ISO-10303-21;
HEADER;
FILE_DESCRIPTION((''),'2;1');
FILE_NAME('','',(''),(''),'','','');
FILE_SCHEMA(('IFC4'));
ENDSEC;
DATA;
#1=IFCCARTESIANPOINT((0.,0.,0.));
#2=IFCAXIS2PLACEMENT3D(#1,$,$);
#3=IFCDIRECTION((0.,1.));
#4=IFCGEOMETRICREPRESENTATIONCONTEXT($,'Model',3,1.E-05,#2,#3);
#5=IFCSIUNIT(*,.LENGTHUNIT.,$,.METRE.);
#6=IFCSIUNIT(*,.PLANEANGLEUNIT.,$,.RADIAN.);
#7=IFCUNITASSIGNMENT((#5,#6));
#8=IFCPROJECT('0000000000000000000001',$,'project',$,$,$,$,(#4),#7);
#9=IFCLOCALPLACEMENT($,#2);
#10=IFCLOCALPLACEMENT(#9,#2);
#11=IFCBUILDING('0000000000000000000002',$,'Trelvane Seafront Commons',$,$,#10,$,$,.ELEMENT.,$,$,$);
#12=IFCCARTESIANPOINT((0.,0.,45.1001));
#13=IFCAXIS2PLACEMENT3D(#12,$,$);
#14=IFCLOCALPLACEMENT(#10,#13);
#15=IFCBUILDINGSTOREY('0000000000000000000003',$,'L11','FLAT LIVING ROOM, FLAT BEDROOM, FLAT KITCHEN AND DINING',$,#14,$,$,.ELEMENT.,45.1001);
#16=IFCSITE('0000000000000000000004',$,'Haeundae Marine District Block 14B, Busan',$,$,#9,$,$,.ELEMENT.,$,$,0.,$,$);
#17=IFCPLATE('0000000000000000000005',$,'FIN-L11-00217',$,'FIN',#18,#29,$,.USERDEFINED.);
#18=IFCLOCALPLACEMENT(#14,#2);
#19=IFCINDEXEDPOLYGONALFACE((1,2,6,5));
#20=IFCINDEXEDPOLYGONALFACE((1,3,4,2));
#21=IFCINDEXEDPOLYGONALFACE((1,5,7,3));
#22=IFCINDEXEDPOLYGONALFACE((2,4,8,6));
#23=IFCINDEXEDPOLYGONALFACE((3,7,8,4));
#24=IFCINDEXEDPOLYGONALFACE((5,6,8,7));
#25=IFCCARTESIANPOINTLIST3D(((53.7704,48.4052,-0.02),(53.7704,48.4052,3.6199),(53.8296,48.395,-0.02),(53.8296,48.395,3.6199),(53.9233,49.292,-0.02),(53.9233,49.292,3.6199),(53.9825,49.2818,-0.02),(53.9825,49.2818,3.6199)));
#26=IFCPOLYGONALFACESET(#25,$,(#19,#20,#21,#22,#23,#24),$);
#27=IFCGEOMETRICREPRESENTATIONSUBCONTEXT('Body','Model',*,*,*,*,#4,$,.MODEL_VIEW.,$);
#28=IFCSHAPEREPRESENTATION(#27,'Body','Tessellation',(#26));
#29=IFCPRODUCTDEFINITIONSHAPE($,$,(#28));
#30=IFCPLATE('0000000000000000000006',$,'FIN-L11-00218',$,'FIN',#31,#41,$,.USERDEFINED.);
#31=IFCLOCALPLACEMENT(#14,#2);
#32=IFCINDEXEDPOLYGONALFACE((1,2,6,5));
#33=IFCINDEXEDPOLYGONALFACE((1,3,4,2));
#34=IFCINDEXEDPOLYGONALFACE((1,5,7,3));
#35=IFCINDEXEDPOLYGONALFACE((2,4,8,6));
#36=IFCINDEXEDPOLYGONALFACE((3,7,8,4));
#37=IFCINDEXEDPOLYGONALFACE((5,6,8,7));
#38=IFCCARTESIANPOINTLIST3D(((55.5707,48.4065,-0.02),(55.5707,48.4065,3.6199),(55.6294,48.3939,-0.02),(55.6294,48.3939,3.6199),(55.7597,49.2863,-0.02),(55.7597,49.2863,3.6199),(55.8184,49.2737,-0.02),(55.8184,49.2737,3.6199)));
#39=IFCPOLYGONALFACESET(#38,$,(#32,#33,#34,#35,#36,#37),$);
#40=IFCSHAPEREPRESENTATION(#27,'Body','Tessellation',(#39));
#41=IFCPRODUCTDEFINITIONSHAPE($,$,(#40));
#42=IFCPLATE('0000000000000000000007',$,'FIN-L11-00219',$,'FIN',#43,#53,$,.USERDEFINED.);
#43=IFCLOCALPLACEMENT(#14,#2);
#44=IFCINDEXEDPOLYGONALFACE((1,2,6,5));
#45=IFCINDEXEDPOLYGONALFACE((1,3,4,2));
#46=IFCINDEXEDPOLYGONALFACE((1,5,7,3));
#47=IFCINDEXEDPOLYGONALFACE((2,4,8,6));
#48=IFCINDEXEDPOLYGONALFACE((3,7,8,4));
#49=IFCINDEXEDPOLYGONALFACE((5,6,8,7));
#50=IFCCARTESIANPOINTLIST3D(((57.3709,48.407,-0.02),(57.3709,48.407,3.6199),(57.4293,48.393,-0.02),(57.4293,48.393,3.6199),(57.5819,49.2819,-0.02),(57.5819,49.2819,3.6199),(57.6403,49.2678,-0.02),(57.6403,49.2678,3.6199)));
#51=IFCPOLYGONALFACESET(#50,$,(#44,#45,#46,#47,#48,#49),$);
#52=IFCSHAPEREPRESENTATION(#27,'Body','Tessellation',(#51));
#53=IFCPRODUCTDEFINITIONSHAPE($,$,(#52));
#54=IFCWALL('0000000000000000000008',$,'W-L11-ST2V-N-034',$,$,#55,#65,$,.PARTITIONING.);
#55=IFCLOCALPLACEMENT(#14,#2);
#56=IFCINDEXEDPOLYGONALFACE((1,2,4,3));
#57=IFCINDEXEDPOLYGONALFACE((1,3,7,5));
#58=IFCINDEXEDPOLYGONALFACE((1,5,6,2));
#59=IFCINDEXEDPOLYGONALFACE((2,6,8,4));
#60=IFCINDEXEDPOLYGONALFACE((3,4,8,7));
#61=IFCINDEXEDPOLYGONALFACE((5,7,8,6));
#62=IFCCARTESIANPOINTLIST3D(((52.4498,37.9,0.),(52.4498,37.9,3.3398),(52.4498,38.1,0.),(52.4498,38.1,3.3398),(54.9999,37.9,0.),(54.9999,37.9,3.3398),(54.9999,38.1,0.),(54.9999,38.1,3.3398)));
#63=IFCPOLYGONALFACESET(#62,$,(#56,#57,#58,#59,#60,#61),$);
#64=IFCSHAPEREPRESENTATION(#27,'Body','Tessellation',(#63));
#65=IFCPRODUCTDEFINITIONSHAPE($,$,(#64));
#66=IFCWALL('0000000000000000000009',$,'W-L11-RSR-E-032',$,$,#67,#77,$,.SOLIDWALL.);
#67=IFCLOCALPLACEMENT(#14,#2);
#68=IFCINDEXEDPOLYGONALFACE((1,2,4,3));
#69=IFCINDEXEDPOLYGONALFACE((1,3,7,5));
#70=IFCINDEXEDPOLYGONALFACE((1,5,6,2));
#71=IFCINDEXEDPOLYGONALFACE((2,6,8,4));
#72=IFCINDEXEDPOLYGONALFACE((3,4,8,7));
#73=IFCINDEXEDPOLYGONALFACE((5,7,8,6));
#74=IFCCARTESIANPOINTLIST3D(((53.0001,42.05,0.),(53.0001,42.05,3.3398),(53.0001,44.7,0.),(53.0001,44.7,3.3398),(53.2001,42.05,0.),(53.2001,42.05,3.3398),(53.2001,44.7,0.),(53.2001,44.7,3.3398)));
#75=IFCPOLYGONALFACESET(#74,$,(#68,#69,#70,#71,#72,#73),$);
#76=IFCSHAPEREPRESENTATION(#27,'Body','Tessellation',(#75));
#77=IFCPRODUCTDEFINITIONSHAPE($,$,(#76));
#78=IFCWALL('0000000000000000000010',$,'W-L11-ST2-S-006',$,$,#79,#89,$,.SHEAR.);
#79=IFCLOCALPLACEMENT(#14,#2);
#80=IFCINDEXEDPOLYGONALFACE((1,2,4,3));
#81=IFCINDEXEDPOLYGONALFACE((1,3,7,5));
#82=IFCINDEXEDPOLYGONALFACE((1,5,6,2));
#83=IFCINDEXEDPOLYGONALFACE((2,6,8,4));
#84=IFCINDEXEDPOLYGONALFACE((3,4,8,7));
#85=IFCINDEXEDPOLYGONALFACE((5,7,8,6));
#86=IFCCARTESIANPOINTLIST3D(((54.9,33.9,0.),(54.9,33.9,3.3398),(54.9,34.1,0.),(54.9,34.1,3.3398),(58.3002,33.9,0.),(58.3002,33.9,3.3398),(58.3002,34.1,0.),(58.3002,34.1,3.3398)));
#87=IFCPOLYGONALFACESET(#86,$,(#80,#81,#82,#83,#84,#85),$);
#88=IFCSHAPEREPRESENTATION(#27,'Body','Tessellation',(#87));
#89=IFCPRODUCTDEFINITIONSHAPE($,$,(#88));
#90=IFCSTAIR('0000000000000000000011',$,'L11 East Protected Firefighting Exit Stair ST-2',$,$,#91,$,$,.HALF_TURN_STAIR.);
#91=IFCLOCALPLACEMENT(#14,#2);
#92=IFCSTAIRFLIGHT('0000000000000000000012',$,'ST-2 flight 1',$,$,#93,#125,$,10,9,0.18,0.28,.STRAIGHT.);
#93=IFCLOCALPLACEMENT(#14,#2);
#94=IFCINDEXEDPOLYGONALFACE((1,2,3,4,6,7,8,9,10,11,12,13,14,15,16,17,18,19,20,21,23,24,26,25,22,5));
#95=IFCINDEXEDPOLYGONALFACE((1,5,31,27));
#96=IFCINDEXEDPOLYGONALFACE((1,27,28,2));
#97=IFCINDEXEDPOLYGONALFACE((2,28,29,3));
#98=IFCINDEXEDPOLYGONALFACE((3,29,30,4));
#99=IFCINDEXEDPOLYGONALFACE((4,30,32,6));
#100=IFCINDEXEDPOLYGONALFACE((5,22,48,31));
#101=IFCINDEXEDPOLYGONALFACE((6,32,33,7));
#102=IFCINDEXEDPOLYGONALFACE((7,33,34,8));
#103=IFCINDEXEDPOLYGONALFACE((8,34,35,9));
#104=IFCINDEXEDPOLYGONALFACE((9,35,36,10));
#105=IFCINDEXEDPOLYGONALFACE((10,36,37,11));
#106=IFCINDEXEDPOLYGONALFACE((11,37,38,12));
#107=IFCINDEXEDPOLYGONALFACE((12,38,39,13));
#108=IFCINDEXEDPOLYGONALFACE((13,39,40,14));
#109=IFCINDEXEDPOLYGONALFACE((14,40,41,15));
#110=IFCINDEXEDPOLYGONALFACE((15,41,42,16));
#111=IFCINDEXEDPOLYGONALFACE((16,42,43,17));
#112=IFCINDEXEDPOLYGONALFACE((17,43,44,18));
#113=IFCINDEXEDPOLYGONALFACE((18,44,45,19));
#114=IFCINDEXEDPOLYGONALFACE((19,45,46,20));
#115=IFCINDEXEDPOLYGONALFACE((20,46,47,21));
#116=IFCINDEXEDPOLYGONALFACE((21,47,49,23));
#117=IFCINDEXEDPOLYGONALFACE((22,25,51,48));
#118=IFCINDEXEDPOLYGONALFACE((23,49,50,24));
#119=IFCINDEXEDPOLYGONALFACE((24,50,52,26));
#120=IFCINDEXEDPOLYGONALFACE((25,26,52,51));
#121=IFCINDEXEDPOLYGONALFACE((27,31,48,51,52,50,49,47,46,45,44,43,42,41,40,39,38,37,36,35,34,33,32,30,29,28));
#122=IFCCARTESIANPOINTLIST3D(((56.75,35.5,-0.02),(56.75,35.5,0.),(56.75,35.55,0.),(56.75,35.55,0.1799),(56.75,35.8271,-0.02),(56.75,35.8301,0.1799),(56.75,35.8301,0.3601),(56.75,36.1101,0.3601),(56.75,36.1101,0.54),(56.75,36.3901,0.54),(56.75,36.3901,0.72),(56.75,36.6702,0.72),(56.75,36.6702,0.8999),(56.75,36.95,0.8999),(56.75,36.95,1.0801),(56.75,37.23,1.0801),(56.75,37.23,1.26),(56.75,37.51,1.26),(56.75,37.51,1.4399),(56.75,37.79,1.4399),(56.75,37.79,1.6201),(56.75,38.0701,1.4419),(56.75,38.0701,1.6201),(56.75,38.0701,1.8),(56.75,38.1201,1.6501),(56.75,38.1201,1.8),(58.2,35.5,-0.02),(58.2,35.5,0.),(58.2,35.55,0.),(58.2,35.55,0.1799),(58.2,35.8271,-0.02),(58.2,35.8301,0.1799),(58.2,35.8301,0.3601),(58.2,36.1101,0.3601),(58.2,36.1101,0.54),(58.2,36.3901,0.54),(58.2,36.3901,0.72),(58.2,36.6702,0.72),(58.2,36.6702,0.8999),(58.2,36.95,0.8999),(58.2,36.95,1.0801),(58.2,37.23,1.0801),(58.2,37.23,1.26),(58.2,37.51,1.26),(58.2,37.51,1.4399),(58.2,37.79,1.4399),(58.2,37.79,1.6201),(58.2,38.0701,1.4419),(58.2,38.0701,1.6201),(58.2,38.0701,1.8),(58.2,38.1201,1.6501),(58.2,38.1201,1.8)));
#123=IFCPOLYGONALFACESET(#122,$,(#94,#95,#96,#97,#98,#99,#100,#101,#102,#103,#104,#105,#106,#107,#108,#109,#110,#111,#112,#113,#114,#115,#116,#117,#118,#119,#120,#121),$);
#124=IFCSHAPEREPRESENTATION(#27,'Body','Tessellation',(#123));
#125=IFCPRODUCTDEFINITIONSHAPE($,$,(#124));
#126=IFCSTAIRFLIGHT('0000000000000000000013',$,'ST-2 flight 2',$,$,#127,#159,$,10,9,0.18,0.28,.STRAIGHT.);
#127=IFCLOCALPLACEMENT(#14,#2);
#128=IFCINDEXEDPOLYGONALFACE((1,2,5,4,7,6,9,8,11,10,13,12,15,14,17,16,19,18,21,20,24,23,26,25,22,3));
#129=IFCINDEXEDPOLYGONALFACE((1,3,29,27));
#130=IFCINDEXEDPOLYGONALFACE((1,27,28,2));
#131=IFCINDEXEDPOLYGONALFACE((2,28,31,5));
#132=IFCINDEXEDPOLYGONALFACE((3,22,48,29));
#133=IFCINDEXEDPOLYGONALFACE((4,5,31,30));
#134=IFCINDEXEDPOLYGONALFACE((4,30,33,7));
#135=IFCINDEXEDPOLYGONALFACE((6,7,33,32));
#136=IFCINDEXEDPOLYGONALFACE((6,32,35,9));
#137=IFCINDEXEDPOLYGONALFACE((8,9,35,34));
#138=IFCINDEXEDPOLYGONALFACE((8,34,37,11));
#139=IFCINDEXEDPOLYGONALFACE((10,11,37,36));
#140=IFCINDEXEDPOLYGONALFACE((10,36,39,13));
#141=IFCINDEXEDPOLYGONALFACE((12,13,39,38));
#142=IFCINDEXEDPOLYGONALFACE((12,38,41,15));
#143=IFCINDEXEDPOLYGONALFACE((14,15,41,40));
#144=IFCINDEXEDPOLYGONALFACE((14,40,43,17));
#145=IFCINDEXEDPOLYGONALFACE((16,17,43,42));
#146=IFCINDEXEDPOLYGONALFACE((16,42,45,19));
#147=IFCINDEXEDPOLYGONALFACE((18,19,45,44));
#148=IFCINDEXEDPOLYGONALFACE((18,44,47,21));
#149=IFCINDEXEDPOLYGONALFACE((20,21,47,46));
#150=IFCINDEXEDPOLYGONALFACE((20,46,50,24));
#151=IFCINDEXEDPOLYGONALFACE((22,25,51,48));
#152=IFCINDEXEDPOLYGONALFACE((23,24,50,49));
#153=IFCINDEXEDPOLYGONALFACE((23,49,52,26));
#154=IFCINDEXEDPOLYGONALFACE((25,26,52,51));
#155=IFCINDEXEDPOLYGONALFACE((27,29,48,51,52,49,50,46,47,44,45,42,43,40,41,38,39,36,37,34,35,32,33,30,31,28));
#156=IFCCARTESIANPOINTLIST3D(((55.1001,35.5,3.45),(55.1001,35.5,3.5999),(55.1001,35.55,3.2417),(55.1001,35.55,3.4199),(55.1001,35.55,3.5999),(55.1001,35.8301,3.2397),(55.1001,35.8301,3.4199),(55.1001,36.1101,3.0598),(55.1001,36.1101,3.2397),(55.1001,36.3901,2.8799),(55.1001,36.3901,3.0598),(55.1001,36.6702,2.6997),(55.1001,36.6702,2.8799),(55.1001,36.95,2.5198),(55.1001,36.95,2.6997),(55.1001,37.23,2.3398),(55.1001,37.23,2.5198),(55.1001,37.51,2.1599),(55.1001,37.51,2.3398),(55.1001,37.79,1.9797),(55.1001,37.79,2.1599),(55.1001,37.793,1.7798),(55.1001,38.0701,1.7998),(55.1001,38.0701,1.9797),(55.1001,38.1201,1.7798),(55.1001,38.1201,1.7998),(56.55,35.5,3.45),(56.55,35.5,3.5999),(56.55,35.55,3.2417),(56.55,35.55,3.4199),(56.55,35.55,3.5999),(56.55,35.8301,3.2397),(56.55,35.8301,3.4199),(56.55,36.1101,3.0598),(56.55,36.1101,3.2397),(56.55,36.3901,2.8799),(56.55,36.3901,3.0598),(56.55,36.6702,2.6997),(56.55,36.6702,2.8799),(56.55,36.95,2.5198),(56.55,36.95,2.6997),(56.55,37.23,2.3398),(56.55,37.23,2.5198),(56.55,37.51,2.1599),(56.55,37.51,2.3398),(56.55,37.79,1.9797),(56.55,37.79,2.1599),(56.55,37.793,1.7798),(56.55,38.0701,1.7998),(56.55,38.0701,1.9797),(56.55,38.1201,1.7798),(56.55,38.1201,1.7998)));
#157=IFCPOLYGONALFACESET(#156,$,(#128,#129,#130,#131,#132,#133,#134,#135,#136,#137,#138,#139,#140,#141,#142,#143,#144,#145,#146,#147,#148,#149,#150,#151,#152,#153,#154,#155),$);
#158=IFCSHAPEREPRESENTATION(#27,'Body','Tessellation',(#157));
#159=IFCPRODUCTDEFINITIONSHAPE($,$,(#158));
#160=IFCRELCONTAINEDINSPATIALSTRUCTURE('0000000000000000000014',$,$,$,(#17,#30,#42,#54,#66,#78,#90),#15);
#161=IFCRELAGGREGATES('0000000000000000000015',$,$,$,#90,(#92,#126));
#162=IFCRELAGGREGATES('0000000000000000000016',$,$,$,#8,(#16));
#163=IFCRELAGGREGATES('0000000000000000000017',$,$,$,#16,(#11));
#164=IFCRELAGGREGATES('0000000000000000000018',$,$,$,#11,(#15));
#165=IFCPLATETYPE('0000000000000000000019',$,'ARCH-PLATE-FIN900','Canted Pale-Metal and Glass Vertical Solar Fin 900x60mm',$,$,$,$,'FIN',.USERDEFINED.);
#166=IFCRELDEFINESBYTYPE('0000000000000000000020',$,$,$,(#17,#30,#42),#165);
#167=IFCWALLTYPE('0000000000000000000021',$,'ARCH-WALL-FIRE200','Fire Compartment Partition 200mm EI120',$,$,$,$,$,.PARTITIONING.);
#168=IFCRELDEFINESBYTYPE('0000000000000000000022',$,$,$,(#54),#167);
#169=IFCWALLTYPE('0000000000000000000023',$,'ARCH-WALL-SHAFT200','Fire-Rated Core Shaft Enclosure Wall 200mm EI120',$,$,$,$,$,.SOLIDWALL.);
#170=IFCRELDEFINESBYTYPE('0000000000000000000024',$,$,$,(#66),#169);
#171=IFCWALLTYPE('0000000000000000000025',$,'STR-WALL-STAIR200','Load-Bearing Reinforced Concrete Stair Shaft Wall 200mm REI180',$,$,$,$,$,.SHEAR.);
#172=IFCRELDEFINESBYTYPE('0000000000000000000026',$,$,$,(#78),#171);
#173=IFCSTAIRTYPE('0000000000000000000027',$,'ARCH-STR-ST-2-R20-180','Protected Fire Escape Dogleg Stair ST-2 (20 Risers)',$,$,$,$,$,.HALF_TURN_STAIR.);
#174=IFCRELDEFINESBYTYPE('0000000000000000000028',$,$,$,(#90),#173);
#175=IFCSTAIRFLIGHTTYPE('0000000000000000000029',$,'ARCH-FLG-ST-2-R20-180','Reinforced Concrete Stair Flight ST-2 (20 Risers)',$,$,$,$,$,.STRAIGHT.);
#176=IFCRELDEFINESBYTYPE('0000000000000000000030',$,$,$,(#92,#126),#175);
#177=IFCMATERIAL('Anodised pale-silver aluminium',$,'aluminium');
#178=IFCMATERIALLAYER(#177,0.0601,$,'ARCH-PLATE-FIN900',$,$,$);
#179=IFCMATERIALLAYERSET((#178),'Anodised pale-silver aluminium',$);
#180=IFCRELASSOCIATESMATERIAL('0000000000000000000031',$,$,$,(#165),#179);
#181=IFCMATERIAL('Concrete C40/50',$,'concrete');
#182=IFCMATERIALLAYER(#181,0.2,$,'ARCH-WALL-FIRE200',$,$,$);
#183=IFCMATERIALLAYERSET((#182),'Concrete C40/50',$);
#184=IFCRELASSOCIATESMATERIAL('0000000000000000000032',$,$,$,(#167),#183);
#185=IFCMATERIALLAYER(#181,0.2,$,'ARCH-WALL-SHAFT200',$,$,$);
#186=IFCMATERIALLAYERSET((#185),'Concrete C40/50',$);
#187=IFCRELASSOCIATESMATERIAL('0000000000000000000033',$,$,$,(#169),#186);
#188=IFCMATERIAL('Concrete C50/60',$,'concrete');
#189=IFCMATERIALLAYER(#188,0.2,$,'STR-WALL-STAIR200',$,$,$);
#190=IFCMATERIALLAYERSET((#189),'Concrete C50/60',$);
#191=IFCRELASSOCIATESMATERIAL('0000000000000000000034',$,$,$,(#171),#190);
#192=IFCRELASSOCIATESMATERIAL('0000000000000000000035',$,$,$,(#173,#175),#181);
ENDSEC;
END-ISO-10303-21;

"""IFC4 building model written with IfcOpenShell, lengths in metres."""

from ifc_helpers import new_model, si_unit, direction, frame, frame_2d, origin, origin_2d, place, context, subcontext, project, spatial, polyline, rectangle, outline, extrude, source, transform, mapped, material, layer, layer_set, type_object, element, aggregate, save


model = new_model("IFC4")

# Units and contexts
model_context = context("Model", 3, precision=1e-05, world=origin(), true_north=direction((0.0, 1.0)))
body_context = subcontext(model_context, "Body", "Model", "MODEL_VIEW")
ifc_project = project(units=[si_unit("LENGTHUNIT", "METRE"), si_unit("PLANEANGLEUNIT", "RADIAN")], contexts=[model_context])

# Site, building, storey
site_placement = place(None, origin())
site = spatial("IfcSite", under=ifc_project, at=site_placement, Name="Haeundae Marine District Block 14B, Busan", CompositionType="ELEMENT", RefElevation=0.0)
building_placement = place(site_placement, origin())
building = spatial("IfcBuilding", under=site, at=building_placement, Name="Trelvane Seafront Commons", CompositionType="ELEMENT")
storey_placement = place(building_placement, frame((0.0, 0.0, 45.1001)))
storey = spatial("IfcBuildingStorey", under=building, at=storey_placement, Name="L11", Description="FLAT LIVING ROOM, FLAT BEDROOM, FLAT KITCHEN AND DINING", CompositionType="ELEMENT", Elevation=45.1001)

# Shared definitions
ifc_material_1 = material(Name="Anodised pale-silver aluminium", Category="aluminium")

# Plates
ifc_layer_1 = layer(ifc_material_1, 0.0601, Name="ARCH-PLATE-FIN900")
ifc_layer_set_1 = layer_set([ifc_layer_1], Name="Anodised pale-silver aluminium")
plate_type_1 = type_object("IfcPlateType", Name="ARCH-PLATE-FIN900", Description="Canted Pale-Metal and Glass Vertical Solar Fin 900x60mm", ElementType="FIN", PredefinedType="USERDEFINED", material=ifc_layer_set_1)
shared_shape_1 = source(origin(), body_context, "Body", "SweptSolid", [
    extrude(rectangle(XDim=0.8999, YDim=0.0601, at=origin_2d()), origin(), (0.0, 0.0, 1.0), 3.6399),
])
for number, where, z_axis, x_axis, name in (
    (1, (53.8765, 48.8435, -0.02), (0.0, 0.0, 1.0), (0.169891, 0.985463, 0.0), "FIN-L11-00217"),
    (2, (55.6946, 48.8401, -0.02), (0.0, 0.0, 1.0), (0.210008, 0.9777, 0.0), "FIN-L11-00218"),
    (3, (57.5056, 48.8374, -0.02), (0.0, 0.0, 1.0), (0.234448, 0.972129, 0.0), "FIN-L11-00219"),
):
    element("IfcPlate", number, at=place(storey_placement, frame(where, z_axis=z_axis, x_axis=x_axis)), inside=storey, type_object=plate_type_1, Name=name, ObjectType="FIN", PredefinedType="USERDEFINED", context=body_context, shape_type="MappedRepresentation", body=[
        mapped(shared_shape_1, transform((0.0, 0.0, 0.0), x_axis=(1.0, 0.0, 0.0), y_axis=(0.0, 1.0, 0.0), z_axis=(0.0, 0.0, 1.0), scale=1.0)),
    ])

# Walls
ifc_material_2 = material(Name="Concrete C40/50", Category="concrete")
ifc_layer_2 = layer(ifc_material_2, 0.2, Name="ARCH-WALL-FIRE200")
ifc_layer_set_2 = layer_set([ifc_layer_2], Name="Concrete C40/50")
wall_type_1 = type_object("IfcWallType", Name="ARCH-WALL-FIRE200", Description="Fire Compartment Partition 200mm EI120", PredefinedType="PARTITIONING", material=ifc_layer_set_2)
wall_1_placement = place(storey_placement, frame((52.45, 38.0, 0.0), z_axis=(0.0, 0.0, 1.0), x_axis=(1.0, 0.0, 0.0)))
element("IfcWall", 4, at=wall_1_placement, inside=storey, type_object=wall_type_1, Name="W-L11-ST2V-N-034", PredefinedType="PARTITIONING", context=body_context, shape_type="SweptSolid", body=[
    extrude(rectangle(XDim=2.55, YDim=0.2, at=frame_2d((1.2749, 0.0))), origin(), (0.0, 0.0, 1.0), 3.3398),
])
ifc_layer_3 = layer(ifc_material_2, 0.2, Name="ARCH-WALL-SHAFT200")
ifc_layer_set_3 = layer_set([ifc_layer_3], Name="Concrete C40/50")
wall_type_2 = type_object("IfcWallType", Name="ARCH-WALL-SHAFT200", Description="Fire-Rated Core Shaft Enclosure Wall 200mm EI120", PredefinedType="SOLIDWALL", material=ifc_layer_set_3)
wall_2_placement = place(storey_placement, frame((53.1001, 42.05, 0.0), z_axis=(0.0, 0.0, 1.0), x_axis=(0.0, 1.0, 0.0)))
element("IfcWall", 5, at=wall_2_placement, inside=storey, type_object=wall_type_2, Name="W-L11-RSR-E-032", PredefinedType="SOLIDWALL", context=body_context, shape_type="SweptSolid", body=[
    extrude(rectangle(XDim=2.6499, YDim=0.2, at=frame_2d((1.325, 0.0))), origin(), (0.0, 0.0, 1.0), 3.3398),
])
ifc_material_3 = material(Name="Concrete C50/60", Category="concrete")
ifc_layer_4 = layer(ifc_material_3, 0.2, Name="STR-WALL-STAIR200")
ifc_layer_set_4 = layer_set([ifc_layer_4], Name="Concrete C50/60")
wall_type_3 = type_object("IfcWallType", Name="STR-WALL-STAIR200", Description="Load-Bearing Reinforced Concrete Stair Shaft Wall 200mm REI180", PredefinedType="SHEAR", material=ifc_layer_set_4)
wall_3_placement = place(storey_placement, frame((54.8999, 34.0, 0.0), z_axis=(0.0, 0.0, 1.0), x_axis=(1.0, 0.0, 0.0)))
element("IfcWall", 6, at=wall_3_placement, inside=storey, type_object=wall_type_3, Name="W-L11-ST2-S-006", PredefinedType="SHEAR", context=body_context, shape_type="SweptSolid", body=[
    extrude(rectangle(XDim=3.4001, YDim=0.2, at=frame_2d((1.7002, 0.0))), origin(), (0.0, 0.0, 1.0), 3.3398),
])

# Stair, stair flights
stair_type = type_object("IfcStairType", Name="ARCH-STR-ST-2-R20-180", Description="Protected Fire Escape Dogleg Stair ST-2 (20 Risers)", PredefinedType="HALF_TURN_STAIR", material=ifc_material_2)
stair_placement = place(storey_placement, origin())
stair = element("IfcStair", 7, at=stair_placement, inside=storey, type_object=stair_type, Name="L11 East Protected Firefighting Exit Stair ST-2", PredefinedType="HALF_TURN_STAIR")
stair_flight_type = type_object("IfcStairFlightType", Name="ARCH-FLG-ST-2-R20-180", Description="Reinforced Concrete Stair Flight ST-2 (20 Risers)", PredefinedType="STRAIGHT", material=ifc_material_2)
shared_shape_2 = source(origin(), body_context, "Body", "SweptSolid", [
    extrude(outline(polyline([(-0.05, -0.02), (-0.05, 0.0), (0.0, 0.0), (0.0, 0.1799), (0.28, 0.1799), (0.28, 0.3601), (0.5601, 0.3601), (0.5601, 0.54), (0.8401, 0.54), (0.8401, 0.72), (1.1201, 0.72), (1.1201, 0.8999), (1.3999, 0.8999), (1.3999, 1.0801), (1.6799, 1.0801), (1.6799, 1.26), (1.96, 1.26), (1.96, 1.4399), (2.24, 1.4399), (2.24, 1.6201), (2.52, 1.6201), (2.52, 1.8), (2.5701, 1.8), (2.5701, 1.6501), (2.52, 1.4419), (0.2771, -0.02), (-0.05, -0.02)])), frame((0.0, 0.7251, 0.0), z_axis=(0.0, -1.0, 0.0), x_axis=(1.0, 0.0, 0.0)), (0.0, 0.0, 1.0), 1.45),
])
stair_flight_1_placement = place(storey_placement, frame((57.4751, 35.55, 0.0), z_axis=(0.0, 0.0, 1.0), x_axis=(0.0, 1.0, 0.0)))
stair_flight_1 = element("IfcStairFlight", 8, at=stair_flight_1_placement, type_object=stair_flight_type, Name="ST-2 flight 1", NumberOfRisers=10, NumberOfTreads=9, PredefinedType="STRAIGHT", RiserHeight=0.18, TreadLength=0.28, context=body_context, shape_type="MappedRepresentation", body=[
    mapped(shared_shape_2, transform((0.0, 0.0, 0.0), x_axis=(1.0, 0.0, 0.0), y_axis=(0.0, 1.0, 0.0), z_axis=(0.0, 0.0, 1.0), scale=1.0)),
])
stair_flight_2_placement = place(storey_placement, frame((55.825, 38.0701, 1.7998), z_axis=(0.0, 0.0, 1.0), x_axis=(0.0, -1.0, 0.0)))
stair_flight_2 = element("IfcStairFlight", 9, at=stair_flight_2_placement, type_object=stair_flight_type, Name="ST-2 flight 2", NumberOfRisers=10, NumberOfTreads=9, PredefinedType="STRAIGHT", RiserHeight=0.18, TreadLength=0.28, context=body_context, shape_type="MappedRepresentation", body=[
    mapped(shared_shape_2, transform((0.0, 0.0, 0.0), x_axis=(1.0, 0.0, 0.0), y_axis=(0.0, 1.0, 0.0), z_axis=(0.0, 0.0, 1.0), scale=1.0)),
])
aggregate(stair, [stair_flight_1, stair_flight_2])

save(model, "model.ifc")
